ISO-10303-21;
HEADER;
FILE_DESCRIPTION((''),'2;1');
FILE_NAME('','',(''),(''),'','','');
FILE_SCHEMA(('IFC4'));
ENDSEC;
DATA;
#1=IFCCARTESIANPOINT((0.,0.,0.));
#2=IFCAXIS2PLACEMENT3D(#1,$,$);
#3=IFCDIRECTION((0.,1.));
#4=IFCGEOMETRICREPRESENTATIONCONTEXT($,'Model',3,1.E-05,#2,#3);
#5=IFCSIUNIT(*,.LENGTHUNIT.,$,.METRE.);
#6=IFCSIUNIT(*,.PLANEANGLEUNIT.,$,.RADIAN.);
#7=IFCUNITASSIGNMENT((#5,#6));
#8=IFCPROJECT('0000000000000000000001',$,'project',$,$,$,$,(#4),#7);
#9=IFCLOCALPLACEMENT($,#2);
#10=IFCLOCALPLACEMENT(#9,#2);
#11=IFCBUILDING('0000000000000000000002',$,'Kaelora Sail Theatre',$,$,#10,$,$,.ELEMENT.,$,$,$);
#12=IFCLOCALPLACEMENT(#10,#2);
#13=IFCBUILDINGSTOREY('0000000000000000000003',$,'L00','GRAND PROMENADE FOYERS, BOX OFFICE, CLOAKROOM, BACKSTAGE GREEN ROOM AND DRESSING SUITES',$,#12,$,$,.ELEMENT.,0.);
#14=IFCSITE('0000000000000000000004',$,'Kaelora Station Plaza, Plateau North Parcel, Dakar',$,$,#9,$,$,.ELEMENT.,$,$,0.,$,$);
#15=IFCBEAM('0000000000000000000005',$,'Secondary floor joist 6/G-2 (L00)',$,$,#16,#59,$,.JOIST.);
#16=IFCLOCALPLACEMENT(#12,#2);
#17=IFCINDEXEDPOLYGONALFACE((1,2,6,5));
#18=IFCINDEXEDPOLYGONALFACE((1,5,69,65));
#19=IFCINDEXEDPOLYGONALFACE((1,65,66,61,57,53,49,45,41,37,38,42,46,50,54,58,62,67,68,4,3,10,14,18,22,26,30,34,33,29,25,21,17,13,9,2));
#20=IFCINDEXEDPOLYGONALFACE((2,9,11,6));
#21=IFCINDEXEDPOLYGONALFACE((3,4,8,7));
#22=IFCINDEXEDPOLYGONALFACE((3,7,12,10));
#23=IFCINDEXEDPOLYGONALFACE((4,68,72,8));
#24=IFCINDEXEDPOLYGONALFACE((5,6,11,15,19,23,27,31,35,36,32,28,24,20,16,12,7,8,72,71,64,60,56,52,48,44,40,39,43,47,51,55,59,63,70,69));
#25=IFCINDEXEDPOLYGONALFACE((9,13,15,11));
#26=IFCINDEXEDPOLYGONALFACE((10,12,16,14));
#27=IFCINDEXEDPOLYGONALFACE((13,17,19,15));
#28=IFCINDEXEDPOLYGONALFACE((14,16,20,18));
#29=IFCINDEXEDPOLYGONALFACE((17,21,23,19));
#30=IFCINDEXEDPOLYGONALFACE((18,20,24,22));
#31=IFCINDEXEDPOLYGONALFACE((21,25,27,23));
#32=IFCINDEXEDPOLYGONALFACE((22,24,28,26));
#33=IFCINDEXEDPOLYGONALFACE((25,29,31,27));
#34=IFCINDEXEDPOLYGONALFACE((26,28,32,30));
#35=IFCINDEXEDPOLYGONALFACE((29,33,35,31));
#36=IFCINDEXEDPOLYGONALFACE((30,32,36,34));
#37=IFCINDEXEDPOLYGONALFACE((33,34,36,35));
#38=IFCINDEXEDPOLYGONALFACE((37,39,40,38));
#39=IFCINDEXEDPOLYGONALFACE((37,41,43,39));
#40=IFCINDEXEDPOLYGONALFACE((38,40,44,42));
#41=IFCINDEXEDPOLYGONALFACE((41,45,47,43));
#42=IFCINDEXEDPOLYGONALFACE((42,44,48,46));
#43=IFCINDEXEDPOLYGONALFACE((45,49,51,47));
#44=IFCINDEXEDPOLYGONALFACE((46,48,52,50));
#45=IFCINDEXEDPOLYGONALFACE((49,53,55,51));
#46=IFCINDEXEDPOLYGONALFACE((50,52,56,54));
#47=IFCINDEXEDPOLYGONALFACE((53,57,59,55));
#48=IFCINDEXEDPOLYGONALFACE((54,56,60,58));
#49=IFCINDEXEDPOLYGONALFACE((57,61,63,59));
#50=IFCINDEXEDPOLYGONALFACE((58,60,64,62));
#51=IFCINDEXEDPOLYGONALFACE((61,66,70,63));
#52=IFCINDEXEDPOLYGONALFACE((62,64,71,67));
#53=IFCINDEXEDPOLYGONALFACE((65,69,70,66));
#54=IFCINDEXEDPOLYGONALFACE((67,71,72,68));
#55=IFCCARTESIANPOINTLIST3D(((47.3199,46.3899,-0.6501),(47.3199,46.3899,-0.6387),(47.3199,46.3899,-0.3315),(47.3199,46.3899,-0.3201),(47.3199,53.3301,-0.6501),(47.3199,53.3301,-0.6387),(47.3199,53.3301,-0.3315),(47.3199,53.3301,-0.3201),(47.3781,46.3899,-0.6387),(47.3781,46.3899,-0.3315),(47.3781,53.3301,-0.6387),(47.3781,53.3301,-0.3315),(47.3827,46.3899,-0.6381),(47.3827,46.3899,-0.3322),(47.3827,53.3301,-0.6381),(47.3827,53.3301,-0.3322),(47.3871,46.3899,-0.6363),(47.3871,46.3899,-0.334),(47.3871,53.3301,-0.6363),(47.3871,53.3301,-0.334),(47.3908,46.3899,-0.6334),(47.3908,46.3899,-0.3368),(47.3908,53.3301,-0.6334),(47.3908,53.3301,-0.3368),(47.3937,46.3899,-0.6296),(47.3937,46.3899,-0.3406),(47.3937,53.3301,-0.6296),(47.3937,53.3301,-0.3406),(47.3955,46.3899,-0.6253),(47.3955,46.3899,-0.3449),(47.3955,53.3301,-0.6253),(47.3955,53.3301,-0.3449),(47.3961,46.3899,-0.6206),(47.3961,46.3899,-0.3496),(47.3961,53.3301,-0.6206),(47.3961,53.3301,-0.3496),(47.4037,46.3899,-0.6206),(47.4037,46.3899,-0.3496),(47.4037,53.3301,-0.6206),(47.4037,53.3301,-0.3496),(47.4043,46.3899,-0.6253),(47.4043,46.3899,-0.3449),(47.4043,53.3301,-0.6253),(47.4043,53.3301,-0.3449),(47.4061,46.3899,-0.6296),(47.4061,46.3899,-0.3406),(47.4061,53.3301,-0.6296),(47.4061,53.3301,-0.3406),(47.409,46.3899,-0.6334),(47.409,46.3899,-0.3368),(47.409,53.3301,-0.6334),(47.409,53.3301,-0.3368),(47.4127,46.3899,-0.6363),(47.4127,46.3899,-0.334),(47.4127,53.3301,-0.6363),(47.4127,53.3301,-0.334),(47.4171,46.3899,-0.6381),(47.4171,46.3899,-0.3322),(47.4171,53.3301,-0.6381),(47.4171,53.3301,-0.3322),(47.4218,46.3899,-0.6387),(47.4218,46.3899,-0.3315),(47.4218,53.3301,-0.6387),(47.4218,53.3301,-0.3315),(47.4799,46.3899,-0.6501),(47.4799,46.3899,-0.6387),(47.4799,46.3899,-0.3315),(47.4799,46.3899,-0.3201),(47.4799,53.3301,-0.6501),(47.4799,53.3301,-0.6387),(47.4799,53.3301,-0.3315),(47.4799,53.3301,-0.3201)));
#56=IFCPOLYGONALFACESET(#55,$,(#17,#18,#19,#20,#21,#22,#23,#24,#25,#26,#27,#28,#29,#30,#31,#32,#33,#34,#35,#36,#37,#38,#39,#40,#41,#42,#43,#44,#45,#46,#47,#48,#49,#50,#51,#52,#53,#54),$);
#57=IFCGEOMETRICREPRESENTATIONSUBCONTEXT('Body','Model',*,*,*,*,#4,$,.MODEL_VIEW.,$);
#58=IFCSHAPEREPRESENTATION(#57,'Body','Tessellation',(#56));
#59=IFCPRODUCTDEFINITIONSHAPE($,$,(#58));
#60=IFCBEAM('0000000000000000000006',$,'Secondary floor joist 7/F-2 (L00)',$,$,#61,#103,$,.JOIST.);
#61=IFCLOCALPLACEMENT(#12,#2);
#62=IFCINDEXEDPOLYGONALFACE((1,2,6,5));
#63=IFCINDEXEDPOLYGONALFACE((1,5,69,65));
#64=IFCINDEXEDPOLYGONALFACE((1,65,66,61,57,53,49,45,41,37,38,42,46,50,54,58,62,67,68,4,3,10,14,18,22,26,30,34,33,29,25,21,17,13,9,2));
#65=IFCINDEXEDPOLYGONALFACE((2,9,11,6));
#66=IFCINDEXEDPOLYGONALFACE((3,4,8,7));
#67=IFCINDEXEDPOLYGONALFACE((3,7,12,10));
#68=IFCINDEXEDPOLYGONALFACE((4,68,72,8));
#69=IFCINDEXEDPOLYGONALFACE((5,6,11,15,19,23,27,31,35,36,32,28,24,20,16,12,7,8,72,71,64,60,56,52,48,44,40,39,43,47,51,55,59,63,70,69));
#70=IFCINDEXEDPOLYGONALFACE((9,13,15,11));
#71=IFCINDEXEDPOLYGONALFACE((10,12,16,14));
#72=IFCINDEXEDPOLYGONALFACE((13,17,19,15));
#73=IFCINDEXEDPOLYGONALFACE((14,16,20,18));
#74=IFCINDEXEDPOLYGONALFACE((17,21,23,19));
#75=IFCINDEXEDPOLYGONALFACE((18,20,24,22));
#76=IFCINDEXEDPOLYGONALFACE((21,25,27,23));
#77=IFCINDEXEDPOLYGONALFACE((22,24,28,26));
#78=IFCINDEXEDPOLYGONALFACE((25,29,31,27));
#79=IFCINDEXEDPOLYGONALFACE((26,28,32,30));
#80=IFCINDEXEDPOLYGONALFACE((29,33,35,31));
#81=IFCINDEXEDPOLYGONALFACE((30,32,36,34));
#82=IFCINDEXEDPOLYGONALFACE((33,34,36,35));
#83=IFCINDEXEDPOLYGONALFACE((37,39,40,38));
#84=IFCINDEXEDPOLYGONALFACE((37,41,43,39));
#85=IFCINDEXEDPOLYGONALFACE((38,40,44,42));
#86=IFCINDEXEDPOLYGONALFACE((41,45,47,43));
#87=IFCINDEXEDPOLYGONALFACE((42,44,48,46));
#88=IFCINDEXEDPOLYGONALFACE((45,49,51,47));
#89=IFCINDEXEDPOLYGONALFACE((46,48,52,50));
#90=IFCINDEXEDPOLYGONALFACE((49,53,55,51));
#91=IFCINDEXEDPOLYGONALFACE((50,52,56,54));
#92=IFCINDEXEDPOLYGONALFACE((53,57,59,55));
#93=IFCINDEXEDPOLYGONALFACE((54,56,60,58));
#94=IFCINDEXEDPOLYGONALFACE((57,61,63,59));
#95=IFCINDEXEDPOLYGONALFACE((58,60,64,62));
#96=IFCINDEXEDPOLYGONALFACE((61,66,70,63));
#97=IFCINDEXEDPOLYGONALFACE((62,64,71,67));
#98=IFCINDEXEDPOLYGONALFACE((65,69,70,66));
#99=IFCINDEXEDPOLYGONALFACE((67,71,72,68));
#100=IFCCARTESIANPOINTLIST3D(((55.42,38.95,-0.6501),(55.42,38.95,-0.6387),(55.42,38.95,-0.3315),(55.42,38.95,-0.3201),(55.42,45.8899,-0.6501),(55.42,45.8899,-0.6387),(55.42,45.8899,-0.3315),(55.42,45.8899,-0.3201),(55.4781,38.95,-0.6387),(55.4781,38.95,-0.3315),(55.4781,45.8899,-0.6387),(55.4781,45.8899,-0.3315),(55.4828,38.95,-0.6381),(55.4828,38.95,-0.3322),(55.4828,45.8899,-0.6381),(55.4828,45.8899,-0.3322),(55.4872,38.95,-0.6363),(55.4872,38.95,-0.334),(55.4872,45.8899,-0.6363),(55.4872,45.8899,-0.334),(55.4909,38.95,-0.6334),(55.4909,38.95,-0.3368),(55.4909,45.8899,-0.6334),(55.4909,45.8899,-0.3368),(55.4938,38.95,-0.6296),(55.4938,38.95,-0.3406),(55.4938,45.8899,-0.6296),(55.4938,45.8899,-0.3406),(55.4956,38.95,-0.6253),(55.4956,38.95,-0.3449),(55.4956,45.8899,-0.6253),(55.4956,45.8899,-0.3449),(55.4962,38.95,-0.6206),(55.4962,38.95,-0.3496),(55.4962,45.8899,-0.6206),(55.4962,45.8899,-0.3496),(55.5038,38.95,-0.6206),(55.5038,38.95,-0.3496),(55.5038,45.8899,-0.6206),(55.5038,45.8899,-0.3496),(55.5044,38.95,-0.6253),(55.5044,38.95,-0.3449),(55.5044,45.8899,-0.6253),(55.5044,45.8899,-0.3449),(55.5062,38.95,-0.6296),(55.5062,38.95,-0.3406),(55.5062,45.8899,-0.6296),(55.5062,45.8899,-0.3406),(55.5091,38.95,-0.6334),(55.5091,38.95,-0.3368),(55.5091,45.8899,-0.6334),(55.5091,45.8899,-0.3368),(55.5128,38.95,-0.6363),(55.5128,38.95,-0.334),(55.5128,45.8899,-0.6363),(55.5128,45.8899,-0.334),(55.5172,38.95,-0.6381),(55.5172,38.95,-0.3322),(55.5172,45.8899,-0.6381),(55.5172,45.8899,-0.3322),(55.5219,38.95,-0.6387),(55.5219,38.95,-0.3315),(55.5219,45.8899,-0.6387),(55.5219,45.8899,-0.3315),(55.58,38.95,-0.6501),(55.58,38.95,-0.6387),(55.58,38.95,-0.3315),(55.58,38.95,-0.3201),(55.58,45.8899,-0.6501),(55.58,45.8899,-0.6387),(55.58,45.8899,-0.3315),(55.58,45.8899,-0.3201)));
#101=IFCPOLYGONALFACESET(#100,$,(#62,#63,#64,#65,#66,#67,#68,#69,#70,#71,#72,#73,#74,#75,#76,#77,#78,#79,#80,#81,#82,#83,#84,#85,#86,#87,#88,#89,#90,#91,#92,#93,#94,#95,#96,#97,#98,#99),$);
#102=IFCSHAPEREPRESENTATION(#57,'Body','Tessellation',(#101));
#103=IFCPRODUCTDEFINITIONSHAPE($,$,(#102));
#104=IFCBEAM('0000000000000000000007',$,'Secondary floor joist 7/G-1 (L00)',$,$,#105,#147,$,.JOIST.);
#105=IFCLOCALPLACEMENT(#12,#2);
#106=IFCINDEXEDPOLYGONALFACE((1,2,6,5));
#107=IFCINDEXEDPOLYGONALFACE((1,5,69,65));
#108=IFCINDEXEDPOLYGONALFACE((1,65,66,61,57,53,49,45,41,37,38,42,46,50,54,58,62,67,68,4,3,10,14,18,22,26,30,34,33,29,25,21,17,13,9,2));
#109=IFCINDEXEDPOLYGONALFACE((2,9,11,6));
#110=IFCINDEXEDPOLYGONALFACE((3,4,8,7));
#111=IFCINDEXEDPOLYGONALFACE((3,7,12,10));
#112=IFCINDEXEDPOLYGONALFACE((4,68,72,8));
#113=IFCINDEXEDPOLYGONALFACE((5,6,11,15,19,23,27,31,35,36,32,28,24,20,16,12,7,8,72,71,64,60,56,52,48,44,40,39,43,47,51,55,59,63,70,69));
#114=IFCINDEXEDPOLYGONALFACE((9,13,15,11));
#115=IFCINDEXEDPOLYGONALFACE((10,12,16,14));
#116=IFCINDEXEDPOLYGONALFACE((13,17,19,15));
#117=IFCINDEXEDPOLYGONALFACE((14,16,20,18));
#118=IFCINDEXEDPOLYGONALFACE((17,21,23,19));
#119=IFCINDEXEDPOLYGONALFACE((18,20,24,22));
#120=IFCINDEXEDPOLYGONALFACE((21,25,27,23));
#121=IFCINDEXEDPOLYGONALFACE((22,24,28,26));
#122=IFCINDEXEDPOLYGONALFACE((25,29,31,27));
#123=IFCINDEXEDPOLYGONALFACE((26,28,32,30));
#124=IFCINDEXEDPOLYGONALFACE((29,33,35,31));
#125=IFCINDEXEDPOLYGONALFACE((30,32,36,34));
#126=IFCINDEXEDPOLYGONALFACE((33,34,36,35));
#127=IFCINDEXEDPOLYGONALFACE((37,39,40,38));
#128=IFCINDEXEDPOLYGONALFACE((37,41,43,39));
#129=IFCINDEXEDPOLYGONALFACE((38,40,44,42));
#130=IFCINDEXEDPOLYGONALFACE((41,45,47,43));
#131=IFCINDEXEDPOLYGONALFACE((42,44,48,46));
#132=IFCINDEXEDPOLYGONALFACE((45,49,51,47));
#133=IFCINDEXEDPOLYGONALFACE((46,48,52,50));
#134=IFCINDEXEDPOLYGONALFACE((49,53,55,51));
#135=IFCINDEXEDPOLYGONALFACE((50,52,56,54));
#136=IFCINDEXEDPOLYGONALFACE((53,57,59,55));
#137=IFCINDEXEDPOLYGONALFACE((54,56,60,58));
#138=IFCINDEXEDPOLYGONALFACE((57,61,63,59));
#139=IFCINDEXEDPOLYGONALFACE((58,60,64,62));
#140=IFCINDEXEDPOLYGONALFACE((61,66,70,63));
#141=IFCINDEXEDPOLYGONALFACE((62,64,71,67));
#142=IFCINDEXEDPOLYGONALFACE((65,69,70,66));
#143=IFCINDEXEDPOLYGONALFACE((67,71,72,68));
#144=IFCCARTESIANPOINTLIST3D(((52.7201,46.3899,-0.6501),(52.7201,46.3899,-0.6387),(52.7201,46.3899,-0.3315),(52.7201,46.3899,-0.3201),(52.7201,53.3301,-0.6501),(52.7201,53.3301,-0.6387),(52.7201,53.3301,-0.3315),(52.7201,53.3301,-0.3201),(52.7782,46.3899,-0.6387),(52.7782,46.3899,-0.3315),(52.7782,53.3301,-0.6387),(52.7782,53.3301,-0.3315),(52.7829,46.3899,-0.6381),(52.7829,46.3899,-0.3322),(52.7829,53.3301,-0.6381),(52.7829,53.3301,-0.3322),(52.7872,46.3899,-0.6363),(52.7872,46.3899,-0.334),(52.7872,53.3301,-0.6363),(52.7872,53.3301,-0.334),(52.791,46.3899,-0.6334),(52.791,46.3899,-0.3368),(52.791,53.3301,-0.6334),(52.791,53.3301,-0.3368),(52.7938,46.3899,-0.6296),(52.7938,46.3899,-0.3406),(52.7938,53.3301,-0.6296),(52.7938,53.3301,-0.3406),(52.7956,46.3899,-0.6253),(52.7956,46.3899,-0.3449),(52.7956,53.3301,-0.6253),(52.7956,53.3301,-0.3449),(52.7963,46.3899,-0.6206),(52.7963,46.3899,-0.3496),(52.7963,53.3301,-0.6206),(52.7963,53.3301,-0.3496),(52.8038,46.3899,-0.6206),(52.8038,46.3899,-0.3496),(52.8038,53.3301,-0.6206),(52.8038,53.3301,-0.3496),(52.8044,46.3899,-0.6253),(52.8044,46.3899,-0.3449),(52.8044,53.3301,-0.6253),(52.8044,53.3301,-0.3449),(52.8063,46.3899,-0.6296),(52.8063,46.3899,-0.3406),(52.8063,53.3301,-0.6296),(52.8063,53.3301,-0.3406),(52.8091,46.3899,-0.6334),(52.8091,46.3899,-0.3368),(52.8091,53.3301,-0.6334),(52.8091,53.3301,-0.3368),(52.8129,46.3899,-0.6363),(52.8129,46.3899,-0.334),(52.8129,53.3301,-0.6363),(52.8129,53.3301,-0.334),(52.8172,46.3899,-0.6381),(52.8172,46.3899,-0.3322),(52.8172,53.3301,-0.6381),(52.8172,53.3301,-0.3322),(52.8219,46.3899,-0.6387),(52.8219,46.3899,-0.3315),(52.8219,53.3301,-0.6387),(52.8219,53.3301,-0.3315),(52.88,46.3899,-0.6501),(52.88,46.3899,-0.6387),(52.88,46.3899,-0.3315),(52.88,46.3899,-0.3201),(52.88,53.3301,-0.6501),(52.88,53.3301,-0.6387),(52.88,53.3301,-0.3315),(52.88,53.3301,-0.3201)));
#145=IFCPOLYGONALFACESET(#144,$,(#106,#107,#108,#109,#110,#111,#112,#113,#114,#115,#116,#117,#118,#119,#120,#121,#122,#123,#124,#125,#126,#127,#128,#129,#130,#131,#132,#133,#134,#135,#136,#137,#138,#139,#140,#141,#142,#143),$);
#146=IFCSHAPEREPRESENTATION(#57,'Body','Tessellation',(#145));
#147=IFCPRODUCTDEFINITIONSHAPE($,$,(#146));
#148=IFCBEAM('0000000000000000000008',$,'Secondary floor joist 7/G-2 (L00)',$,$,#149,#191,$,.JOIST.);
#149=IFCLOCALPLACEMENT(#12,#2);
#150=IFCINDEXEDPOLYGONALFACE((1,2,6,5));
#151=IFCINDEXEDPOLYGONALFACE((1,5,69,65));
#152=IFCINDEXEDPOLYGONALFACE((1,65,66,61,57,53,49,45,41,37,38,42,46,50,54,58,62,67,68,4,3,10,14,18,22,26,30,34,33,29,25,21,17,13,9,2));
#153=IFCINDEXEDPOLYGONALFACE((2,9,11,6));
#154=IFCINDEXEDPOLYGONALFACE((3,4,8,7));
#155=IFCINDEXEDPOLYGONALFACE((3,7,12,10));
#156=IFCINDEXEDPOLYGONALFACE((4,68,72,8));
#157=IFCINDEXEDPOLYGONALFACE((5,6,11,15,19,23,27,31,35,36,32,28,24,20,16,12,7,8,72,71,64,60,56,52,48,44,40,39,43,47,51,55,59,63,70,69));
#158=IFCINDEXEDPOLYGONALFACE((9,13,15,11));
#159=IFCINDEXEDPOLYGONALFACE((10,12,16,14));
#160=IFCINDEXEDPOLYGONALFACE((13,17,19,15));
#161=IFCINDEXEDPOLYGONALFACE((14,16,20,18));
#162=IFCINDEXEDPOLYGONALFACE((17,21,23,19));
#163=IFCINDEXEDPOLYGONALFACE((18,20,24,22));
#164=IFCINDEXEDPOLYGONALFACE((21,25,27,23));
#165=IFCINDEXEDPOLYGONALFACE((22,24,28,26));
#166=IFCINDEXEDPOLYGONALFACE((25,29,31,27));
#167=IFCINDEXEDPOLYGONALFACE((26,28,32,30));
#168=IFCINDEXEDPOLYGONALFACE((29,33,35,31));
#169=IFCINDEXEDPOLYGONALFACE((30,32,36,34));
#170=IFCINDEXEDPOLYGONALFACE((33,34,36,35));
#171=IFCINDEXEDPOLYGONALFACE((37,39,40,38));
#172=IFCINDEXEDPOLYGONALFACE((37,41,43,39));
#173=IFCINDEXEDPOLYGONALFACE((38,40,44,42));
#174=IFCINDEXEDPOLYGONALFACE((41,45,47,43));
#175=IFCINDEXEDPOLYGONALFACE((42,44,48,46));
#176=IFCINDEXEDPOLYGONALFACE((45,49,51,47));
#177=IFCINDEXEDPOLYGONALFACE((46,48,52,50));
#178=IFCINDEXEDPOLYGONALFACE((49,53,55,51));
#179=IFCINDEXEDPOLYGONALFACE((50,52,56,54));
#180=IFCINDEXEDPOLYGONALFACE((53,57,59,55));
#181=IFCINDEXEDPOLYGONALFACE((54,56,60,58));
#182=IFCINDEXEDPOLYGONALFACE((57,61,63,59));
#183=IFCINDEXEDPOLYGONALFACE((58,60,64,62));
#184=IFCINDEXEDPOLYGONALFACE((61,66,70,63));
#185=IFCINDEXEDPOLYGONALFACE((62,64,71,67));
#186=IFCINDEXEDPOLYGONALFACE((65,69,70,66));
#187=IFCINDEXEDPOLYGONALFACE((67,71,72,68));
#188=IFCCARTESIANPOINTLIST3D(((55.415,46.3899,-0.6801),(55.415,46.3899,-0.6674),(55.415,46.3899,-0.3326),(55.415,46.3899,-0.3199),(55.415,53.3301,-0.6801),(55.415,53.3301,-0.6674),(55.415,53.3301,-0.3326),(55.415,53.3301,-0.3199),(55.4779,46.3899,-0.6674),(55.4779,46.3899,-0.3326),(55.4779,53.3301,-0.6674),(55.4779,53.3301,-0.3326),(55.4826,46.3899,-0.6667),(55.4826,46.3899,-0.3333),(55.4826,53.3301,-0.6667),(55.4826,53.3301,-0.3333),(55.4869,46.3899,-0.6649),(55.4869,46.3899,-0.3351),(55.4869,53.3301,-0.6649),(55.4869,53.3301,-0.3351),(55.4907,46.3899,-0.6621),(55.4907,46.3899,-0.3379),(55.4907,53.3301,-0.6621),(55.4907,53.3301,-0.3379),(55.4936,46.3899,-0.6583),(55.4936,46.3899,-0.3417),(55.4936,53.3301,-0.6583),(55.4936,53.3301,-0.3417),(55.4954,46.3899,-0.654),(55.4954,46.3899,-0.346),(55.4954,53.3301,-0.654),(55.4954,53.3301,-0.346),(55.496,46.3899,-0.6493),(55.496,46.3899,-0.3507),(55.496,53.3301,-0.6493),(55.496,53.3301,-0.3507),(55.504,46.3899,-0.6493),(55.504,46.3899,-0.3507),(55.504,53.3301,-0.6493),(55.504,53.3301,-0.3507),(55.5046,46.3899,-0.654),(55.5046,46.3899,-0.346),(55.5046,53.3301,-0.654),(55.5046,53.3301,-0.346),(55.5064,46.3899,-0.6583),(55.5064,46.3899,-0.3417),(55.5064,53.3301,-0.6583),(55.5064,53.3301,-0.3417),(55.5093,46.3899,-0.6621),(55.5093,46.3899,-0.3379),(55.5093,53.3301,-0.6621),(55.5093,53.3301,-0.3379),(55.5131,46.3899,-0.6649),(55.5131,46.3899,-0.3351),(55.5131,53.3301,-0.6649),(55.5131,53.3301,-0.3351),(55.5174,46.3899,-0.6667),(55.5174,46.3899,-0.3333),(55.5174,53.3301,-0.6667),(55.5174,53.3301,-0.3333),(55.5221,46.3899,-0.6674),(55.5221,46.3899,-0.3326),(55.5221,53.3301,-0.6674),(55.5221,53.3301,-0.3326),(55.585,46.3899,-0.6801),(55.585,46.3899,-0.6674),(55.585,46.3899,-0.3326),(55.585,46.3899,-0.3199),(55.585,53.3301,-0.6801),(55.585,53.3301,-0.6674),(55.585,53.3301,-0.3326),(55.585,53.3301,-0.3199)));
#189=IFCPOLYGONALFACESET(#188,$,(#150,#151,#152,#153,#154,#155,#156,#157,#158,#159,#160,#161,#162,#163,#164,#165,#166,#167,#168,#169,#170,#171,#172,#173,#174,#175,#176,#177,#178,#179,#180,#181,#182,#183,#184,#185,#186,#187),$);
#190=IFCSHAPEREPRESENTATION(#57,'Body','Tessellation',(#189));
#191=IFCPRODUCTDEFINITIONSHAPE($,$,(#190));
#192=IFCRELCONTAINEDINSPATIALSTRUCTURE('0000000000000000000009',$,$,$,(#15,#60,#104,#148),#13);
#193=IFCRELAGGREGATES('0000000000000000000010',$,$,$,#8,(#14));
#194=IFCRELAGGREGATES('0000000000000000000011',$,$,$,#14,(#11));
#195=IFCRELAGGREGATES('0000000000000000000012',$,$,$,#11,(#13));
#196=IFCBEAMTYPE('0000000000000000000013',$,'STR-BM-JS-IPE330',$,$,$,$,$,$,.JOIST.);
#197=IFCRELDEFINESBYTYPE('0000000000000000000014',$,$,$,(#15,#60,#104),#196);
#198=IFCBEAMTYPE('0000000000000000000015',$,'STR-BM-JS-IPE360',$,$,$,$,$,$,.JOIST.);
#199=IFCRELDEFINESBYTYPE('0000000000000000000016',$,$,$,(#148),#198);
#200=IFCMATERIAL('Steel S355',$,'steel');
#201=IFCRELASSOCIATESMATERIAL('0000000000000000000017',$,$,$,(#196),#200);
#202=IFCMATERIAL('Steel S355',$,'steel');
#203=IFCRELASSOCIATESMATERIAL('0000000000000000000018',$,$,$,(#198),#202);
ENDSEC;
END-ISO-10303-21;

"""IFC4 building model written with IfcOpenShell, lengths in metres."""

from ifc_helpers import new_model, si_unit, direction, frame, origin, origin_2d, place, context, subcontext, project, spatial, i_section, extrude, material, material_profile, profile_set, type_object, element, save


model = new_model("IFC4")

# Units and contexts
model_context = context("Model", 3, precision=1e-05, world=origin(), true_north=direction((0.0, 1.0)))
body_context = subcontext(model_context, "Body", "Model", "MODEL_VIEW")
ifc_project = project(units=[si_unit("LENGTHUNIT", "METRE"), si_unit("PLANEANGLEUNIT", "RADIAN")], contexts=[model_context])

# Site, building, storey
site_placement = place(None, origin())
site = spatial("IfcSite", under=ifc_project, at=site_placement, Name="Kaelora Station Plaza, Plateau North Parcel, Dakar", CompositionType="ELEMENT", RefElevation=0.0)
building_placement = place(site_placement, origin())
building = spatial("IfcBuilding", under=site, at=building_placement, Name="Kaelora Sail Theatre", CompositionType="ELEMENT")
storey_placement = place(building_placement, origin())
storey = spatial("IfcBuildingStorey", under=building, at=storey_placement, Name="L00", Description="GRAND PROMENADE FOYERS, BOX OFFICE, CLOAKROOM, BACKSTAGE GREEN ROOM AND DRESSING SUITES", CompositionType="ELEMENT", Elevation=0.0)

# Beams
ifc_material_1 = material(Name="Steel S355", Category="steel")
ifc_material_profile_1 = material_profile(ifc_material_1, i_section(OverallWidth=0.1599, OverallDepth=0.3301, WebThickness=0.0076, FlangeThickness=0.0115, FilletRadius=0.0181, at=origin_2d()), Name="IPE 330")
ifc_profile_set_1 = profile_set([ifc_material_profile_1], Name="Steel S355")
beam_type_1 = type_object("IfcBeamType", Name="STR-BM-JS-IPE330", PredefinedType="JOIST", material=ifc_profile_set_1)
beam_1_placement = place(storey_placement, frame((47.3999, 46.3899, -0.4851), z_axis=(0.0, 1.0, 0.0), x_axis=(-1.0, 0.0, 0.0)))
element("IfcBeam", 1, at=beam_1_placement, inside=storey, type_object=beam_type_1, Name="Secondary floor joist 6/G-2 (L00)", PredefinedType="JOIST", context=body_context, shape_type="SweptSolid", body=[
    extrude(i_section(OverallWidth=0.1599, OverallDepth=0.3301, WebThickness=0.0076, FlangeThickness=0.0115, FilletRadius=0.0181, at=origin_2d()), origin(), (0.0, 0.0, 1.0), 6.9402),
])
beam_2_placement = place(storey_placement, frame((55.5, 38.95, -0.4851), z_axis=(0.0, 1.0, 0.0), x_axis=(-1.0, 0.0, 0.0)))
element("IfcBeam", 2, at=beam_2_placement, inside=storey, type_object=beam_type_1, Name="Secondary floor joist 7/F-2 (L00)", PredefinedType="JOIST", context=body_context, shape_type="SweptSolid", body=[
    extrude(i_section(OverallWidth=0.1599, OverallDepth=0.3301, WebThickness=0.0076, FlangeThickness=0.0115, FilletRadius=0.0181, at=origin_2d()), origin(), (0.0, 0.0, 1.0), 6.9399),
])
beam_3_placement = place(storey_placement, frame((52.8, 46.3899, -0.4851), z_axis=(0.0, 1.0, 0.0), x_axis=(-1.0, 0.0, 0.0)))
element("IfcBeam", 3, at=beam_3_placement, inside=storey, type_object=beam_type_1, Name="Secondary floor joist 7/G-1 (L00)", PredefinedType="JOIST", context=body_context, shape_type="SweptSolid", body=[
    extrude(i_section(OverallWidth=0.1599, OverallDepth=0.3301, WebThickness=0.0076, FlangeThickness=0.0115, FilletRadius=0.0181, at=origin_2d()), origin(), (0.0, 0.0, 1.0), 6.9402),
])
ifc_material_2 = material(Name="Steel S355", Category="steel")
ifc_material_profile_2 = material_profile(ifc_material_2, i_section(OverallWidth=0.1699, OverallDepth=0.3601, WebThickness=0.0081, FlangeThickness=0.0127, FilletRadius=0.0181, at=origin_2d()), Name="IPE 360")
ifc_profile_set_2 = profile_set([ifc_material_profile_2], Name="Steel S355")
beam_type_2 = type_object("IfcBeamType", Name="STR-BM-JS-IPE360", PredefinedType="JOIST", material=ifc_profile_set_2)
beam_4_placement = place(storey_placement, frame((55.5, 46.3899, -0.5), z_axis=(0.0, 1.0, 0.0), x_axis=(-1.0, 0.0, 0.0)))
element("IfcBeam", 4, at=beam_4_placement, inside=storey, type_object=beam_type_2, Name="Secondary floor joist 7/G-2 (L00)", PredefinedType="JOIST", context=body_context, shape_type="SweptSolid", body=[
    extrude(i_section(OverallWidth=0.1699, OverallDepth=0.3601, WebThickness=0.0081, FlangeThickness=0.0127, FilletRadius=0.0181, at=origin_2d()), origin(), (0.0, 0.0, 1.0), 6.9402),
])

save(model, "model.ifc")
